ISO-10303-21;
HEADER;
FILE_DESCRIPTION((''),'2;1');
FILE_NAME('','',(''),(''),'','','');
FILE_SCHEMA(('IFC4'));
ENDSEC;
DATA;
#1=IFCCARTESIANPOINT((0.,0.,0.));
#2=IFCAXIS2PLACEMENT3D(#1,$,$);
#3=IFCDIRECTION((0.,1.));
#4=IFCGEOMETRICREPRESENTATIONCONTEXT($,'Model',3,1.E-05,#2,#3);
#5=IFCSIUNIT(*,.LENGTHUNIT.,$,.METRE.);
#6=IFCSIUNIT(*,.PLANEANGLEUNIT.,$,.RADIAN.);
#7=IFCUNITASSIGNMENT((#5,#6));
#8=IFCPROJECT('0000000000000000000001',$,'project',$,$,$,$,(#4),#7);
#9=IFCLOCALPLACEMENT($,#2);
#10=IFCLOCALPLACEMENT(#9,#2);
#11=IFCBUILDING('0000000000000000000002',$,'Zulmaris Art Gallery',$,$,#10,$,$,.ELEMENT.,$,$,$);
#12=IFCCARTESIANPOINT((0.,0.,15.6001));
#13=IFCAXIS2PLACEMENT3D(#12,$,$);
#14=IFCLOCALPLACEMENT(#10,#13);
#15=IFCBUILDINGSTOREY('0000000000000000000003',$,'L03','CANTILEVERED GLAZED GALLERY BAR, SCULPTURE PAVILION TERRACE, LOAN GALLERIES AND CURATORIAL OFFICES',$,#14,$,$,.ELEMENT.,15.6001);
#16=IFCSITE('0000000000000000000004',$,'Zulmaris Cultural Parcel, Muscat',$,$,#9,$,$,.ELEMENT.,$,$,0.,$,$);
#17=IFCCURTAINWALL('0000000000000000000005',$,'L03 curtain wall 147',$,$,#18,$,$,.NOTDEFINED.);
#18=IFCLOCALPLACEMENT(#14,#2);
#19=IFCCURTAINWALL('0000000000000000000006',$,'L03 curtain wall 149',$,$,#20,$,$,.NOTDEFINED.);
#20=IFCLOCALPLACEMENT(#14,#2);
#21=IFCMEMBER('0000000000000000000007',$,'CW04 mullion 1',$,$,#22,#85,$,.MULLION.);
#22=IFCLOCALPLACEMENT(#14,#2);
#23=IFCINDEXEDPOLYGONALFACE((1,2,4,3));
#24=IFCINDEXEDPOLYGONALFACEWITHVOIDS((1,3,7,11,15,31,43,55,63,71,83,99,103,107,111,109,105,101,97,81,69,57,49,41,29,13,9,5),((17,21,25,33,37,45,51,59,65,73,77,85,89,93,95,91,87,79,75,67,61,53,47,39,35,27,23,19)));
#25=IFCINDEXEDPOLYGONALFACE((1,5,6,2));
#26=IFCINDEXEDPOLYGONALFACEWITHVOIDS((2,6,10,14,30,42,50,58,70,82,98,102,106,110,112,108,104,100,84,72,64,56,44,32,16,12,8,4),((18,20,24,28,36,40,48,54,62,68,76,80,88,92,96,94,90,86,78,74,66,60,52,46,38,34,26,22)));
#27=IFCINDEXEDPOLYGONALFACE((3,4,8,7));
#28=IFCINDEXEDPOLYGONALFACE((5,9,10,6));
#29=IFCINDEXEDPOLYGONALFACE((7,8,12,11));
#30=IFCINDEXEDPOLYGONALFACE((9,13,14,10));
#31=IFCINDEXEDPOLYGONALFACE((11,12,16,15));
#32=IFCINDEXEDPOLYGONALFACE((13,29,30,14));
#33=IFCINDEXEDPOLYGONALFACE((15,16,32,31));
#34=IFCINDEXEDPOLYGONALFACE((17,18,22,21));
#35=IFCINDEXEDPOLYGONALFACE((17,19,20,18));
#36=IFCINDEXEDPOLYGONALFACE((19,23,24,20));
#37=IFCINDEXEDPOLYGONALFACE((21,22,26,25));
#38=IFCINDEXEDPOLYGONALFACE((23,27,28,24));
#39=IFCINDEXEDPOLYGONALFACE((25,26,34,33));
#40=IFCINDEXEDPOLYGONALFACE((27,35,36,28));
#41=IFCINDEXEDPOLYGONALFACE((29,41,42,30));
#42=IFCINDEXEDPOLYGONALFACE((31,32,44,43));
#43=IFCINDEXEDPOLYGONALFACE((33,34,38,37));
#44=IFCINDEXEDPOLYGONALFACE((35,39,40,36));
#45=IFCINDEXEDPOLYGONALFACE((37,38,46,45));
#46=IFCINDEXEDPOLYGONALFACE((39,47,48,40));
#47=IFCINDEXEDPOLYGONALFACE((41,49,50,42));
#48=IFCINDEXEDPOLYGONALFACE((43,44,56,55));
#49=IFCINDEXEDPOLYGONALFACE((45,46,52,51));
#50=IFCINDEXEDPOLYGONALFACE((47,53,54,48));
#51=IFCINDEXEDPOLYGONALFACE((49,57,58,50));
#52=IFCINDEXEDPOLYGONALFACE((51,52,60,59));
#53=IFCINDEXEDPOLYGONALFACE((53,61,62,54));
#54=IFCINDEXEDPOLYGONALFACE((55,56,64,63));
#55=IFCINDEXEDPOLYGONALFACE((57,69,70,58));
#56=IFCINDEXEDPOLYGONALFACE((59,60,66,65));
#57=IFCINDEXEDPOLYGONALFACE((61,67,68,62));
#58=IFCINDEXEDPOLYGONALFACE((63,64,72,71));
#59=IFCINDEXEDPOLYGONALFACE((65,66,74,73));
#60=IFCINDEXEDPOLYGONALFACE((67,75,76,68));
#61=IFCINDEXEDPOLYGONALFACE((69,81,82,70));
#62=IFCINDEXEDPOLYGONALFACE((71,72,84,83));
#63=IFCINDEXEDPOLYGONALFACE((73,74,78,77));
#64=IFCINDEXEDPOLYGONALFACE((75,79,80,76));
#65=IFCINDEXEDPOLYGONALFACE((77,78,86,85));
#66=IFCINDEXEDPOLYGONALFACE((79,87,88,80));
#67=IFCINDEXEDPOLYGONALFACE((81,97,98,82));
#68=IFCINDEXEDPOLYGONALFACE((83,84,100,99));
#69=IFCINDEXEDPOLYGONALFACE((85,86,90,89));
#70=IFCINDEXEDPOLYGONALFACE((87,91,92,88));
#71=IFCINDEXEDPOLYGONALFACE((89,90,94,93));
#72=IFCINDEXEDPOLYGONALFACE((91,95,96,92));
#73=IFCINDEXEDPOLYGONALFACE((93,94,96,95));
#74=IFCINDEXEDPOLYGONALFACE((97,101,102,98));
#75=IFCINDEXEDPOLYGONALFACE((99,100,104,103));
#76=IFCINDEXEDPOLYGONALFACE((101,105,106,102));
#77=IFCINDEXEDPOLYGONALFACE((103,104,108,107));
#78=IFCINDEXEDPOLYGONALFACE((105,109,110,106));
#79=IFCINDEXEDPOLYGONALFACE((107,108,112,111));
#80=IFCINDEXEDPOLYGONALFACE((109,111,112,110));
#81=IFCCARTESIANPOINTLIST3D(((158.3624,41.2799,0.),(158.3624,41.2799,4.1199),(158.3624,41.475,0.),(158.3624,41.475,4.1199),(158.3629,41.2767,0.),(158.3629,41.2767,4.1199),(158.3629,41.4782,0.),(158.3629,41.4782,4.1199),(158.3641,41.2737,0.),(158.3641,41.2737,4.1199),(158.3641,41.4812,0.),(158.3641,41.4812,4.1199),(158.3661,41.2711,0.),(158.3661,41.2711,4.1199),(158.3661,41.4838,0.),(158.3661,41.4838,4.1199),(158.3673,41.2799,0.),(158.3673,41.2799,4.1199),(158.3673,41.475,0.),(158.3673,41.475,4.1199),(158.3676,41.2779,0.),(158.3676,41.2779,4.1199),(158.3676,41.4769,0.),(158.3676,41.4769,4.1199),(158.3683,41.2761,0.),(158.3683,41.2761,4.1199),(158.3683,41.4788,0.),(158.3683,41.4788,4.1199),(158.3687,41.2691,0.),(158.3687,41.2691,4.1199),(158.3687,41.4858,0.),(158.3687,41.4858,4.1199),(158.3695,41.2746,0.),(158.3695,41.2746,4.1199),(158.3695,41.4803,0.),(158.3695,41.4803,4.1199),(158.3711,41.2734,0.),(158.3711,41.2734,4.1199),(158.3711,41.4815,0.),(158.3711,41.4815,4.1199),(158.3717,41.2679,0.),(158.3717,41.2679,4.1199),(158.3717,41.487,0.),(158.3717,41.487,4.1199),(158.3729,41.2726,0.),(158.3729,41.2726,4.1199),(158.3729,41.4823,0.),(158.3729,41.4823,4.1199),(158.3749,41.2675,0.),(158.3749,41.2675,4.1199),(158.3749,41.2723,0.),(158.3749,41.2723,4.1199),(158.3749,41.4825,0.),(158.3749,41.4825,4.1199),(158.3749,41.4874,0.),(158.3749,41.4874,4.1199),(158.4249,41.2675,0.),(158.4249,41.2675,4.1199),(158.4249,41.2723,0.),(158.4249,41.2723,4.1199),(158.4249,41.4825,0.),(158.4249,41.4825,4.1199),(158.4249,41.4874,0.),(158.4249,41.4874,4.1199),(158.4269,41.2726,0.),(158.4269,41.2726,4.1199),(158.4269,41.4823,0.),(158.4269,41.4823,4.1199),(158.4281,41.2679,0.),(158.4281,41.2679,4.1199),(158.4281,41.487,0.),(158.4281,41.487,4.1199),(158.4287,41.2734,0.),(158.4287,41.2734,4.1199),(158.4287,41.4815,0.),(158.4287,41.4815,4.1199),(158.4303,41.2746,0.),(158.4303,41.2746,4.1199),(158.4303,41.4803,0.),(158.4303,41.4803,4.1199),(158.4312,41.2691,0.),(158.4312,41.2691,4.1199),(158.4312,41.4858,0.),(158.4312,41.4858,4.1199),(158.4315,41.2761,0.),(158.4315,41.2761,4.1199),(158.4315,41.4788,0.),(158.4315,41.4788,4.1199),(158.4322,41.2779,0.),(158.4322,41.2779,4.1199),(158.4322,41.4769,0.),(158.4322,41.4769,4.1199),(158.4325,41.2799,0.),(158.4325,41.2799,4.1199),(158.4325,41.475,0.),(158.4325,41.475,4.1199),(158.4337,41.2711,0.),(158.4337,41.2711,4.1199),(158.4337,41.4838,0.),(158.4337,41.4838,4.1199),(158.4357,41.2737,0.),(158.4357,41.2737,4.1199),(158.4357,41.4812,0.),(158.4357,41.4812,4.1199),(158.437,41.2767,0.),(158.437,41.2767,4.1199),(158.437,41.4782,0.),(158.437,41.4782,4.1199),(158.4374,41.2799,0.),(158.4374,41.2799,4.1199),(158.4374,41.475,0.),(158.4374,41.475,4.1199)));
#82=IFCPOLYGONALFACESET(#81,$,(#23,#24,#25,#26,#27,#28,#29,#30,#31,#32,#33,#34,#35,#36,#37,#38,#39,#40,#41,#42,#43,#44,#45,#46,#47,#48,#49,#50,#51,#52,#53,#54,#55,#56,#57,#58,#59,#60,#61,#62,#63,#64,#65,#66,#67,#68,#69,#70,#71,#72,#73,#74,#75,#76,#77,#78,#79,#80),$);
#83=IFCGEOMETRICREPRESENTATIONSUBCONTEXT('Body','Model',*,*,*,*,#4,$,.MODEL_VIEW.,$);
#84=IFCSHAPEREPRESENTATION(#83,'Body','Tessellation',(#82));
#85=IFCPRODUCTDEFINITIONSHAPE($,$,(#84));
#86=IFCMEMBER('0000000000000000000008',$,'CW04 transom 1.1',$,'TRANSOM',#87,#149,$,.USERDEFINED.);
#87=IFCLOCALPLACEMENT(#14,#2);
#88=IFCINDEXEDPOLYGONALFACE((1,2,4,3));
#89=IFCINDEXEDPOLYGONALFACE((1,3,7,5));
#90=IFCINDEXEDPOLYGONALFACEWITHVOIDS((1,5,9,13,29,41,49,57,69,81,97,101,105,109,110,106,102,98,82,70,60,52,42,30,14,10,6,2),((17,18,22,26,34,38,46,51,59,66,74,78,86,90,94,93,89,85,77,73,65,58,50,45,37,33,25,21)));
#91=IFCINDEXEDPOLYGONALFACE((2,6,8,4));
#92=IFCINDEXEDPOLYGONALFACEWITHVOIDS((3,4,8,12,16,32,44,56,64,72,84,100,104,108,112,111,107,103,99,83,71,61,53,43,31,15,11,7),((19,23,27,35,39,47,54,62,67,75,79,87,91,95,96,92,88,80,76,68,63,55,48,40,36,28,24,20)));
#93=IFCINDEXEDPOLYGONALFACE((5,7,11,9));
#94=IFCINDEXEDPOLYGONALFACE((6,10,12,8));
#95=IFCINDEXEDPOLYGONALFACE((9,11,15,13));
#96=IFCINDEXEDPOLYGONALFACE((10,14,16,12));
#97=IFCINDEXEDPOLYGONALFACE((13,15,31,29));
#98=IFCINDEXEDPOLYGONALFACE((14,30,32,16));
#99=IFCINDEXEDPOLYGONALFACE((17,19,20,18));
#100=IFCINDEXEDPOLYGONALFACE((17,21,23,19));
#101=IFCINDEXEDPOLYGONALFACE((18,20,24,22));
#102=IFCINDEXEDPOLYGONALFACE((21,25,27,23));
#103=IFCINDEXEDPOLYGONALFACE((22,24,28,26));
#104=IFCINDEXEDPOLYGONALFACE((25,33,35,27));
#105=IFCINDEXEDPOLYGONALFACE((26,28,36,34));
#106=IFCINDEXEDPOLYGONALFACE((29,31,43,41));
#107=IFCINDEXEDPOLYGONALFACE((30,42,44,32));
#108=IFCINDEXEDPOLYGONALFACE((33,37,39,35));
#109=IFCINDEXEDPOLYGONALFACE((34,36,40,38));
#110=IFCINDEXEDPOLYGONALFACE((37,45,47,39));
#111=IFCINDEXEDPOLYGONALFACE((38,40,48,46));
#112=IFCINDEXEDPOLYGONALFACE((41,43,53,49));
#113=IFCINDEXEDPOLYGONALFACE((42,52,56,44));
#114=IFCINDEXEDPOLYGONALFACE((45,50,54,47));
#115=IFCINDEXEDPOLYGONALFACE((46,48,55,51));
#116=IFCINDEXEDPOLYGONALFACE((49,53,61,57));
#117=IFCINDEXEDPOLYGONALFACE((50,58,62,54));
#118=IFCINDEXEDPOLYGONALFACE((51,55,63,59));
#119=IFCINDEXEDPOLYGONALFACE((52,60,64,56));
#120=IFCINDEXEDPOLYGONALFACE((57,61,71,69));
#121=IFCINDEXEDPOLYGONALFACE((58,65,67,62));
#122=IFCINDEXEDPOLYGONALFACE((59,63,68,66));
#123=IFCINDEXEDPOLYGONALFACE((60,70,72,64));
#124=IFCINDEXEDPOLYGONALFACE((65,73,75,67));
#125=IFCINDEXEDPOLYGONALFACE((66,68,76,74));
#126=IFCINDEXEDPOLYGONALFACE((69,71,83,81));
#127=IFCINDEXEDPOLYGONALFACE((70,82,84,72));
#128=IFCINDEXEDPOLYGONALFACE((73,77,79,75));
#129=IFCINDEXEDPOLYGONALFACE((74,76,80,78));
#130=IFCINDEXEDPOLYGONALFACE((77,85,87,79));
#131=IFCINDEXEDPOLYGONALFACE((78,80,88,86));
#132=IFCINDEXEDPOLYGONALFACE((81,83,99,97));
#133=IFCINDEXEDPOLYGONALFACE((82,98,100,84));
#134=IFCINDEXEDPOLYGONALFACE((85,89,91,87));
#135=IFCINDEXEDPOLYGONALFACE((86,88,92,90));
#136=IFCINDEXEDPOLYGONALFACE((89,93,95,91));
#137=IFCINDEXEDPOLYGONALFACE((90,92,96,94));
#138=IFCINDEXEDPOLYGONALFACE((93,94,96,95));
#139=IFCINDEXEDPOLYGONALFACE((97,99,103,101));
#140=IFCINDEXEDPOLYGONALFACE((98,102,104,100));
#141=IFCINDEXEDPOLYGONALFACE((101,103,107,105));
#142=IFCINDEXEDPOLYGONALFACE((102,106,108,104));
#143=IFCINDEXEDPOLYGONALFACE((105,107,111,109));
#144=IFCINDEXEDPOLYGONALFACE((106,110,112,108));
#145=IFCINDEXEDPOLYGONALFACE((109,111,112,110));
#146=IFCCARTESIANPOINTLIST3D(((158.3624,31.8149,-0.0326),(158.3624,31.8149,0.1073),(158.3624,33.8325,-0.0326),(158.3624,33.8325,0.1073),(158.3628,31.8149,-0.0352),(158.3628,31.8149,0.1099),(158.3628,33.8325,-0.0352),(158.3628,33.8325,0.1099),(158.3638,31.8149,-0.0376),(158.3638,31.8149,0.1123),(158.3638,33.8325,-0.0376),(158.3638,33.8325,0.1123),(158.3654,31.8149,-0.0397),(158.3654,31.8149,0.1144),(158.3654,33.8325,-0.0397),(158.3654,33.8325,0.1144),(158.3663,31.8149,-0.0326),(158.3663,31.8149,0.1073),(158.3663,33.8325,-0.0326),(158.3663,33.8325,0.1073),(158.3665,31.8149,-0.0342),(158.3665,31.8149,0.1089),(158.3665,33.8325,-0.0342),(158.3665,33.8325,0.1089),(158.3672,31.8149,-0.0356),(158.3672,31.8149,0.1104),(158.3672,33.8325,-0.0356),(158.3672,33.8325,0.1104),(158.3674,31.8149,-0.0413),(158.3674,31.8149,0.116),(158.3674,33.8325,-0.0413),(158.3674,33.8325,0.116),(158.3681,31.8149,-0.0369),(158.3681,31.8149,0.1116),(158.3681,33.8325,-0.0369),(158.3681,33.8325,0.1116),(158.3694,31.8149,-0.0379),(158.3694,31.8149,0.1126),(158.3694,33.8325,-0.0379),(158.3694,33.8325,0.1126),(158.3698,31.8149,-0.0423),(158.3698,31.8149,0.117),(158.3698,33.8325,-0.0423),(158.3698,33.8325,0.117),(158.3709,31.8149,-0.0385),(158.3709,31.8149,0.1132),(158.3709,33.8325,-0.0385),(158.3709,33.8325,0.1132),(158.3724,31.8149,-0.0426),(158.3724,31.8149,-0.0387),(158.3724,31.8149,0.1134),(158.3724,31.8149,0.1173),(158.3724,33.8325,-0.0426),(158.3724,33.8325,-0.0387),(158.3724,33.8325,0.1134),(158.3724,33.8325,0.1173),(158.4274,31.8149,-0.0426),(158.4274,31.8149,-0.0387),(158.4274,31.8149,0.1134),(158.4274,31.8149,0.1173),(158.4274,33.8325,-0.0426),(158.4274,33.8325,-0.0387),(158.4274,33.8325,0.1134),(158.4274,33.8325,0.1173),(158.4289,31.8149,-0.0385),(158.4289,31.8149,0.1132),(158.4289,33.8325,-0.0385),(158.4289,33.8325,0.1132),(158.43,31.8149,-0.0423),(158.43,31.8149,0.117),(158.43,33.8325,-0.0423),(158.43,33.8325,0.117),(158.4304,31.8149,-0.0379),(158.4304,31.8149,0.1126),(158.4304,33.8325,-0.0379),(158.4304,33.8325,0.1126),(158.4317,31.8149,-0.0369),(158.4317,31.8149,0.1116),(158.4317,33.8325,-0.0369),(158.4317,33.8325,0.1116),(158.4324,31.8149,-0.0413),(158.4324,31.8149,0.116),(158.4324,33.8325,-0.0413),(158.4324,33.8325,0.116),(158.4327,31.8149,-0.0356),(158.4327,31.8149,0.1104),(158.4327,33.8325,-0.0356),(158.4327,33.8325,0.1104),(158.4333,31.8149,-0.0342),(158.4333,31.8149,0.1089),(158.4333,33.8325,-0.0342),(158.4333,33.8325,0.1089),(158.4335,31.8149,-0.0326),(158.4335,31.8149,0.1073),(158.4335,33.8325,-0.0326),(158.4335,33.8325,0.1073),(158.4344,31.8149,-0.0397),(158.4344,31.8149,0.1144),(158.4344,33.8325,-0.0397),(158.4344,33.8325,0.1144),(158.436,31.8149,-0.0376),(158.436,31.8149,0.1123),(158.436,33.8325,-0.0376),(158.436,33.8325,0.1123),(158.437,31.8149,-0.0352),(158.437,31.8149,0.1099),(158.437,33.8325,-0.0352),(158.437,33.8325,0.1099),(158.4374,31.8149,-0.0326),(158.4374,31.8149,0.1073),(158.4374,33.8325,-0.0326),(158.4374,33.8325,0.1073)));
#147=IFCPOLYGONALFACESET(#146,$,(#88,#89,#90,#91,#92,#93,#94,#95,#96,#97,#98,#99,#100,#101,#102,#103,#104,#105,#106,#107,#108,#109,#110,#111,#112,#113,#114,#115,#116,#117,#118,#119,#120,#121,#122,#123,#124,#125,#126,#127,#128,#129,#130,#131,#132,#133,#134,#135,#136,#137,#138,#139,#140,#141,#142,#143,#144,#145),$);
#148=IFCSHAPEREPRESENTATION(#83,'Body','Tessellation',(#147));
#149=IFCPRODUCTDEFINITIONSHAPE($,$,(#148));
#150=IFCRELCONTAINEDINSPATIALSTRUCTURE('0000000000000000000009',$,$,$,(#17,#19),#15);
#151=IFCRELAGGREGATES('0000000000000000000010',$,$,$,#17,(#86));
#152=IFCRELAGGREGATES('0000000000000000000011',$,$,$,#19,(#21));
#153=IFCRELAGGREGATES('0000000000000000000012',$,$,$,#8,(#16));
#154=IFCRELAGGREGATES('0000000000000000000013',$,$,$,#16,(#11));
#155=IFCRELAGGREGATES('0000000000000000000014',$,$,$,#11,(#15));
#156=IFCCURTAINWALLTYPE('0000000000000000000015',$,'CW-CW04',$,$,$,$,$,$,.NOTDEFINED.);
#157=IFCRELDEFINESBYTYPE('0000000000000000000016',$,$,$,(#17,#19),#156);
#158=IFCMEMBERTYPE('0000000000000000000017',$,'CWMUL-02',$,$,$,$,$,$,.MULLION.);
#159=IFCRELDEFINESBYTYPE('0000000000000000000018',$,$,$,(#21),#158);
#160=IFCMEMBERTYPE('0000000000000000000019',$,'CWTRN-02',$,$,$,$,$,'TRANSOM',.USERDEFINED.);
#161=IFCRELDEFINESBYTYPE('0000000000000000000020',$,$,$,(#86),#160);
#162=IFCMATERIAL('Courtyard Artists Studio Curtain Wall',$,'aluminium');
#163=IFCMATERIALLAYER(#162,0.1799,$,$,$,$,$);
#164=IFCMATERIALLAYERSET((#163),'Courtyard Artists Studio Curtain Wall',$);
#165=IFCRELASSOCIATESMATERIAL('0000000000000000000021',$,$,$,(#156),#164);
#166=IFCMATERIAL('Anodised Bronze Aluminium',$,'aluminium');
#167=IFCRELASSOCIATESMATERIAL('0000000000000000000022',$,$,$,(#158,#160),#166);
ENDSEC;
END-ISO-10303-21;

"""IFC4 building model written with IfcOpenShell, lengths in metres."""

from ifc_helpers import new_model, si_unit, direction, frame, origin, origin_2d, place, context, subcontext, project, spatial, hollow_rectangle, extrude, material, layer, layer_set, material_profile, profile_set, type_object, element, aggregate, save


model = new_model("IFC4")

# Units and contexts
model_context = context("Model", 3, precision=1e-05, world=origin(), true_north=direction((0.0, 1.0)))
body_context = subcontext(model_context, "Body", "Model", "MODEL_VIEW")
ifc_project = project(units=[si_unit("LENGTHUNIT", "METRE"), si_unit("PLANEANGLEUNIT", "RADIAN")], contexts=[model_context])

# Site, building, storey
site_placement = place(None, origin())
site = spatial("IfcSite", under=ifc_project, at=site_placement, Name="Zulmaris Cultural Parcel, Muscat", CompositionType="ELEMENT", RefElevation=0.0)
building_placement = place(site_placement, origin())
building = spatial("IfcBuilding", under=site, at=building_placement, Name="Zulmaris Art Gallery", CompositionType="ELEMENT")
storey_placement = place(building_placement, frame((0.0, 0.0, 15.6001)))
storey = spatial("IfcBuildingStorey", under=building, at=storey_placement, Name="L03", Description="CANTILEVERED GLAZED GALLERY BAR, SCULPTURE PAVILION TERRACE, LOAN GALLERIES AND CURATORIAL OFFICES", CompositionType="ELEMENT", Elevation=15.6001)

# Curtain wall
ifc_material_1 = material(Name="Courtyard Artists Studio Curtain Wall", Category="aluminium")
ifc_layer_1 = layer(ifc_material_1, 0.1799)
ifc_layer_set_1 = layer_set([ifc_layer_1], Name="Courtyard Artists Studio Curtain Wall")
curtain_wall_type = type_object("IfcCurtainWallType", Name="CW-CW04", PredefinedType="NOTDEFINED", material=ifc_layer_set_1)
curtain_wall_1_placement = place(storey_placement, origin())
curtain_wall_1 = element("IfcCurtainWall", 1, at=curtain_wall_1_placement, inside=storey, type_object=curtain_wall_type, Name="L03 curtain wall 147", PredefinedType="NOTDEFINED")
ifc_material_2 = material(Name="Anodised Bronze Aluminium", Category="aluminium")
ifc_material_profile_1 = material_profile(ifc_material_2, hollow_rectangle(XDim=0.075, YDim=0.22, WallThickness=0.0049, InnerFilletRadius=0.0076, OuterFilletRadius=0.0125, at=origin_2d()), Name="ALU 75x220x5")
ifc_profile_set_1 = profile_set([ifc_material_profile_1], Name="Anodised Bronze Aluminium")
member_type_1 = type_object("IfcMemberType", Name="CWMUL-02", PredefinedType="MULLION", material=ifc_profile_set_1)

# Curtain wall, member
curtain_wall_2_placement = place(storey_placement, origin())
curtain_wall_2 = element("IfcCurtainWall", 2, at=curtain_wall_2_placement, inside=storey, type_object=curtain_wall_type, Name="L03 curtain wall 149", PredefinedType="NOTDEFINED")
member_1_placement = place(storey_placement, frame((158.3999, 41.3774, 0.0), z_axis=(0.0, 0.0, 1.0), x_axis=(-1.0, 0.0, 0.0)))
member_1 = element("IfcMember", 3, at=member_1_placement, type_object=member_type_1, Name="CW04 mullion 1", PredefinedType="MULLION", context=body_context, shape_type="SweptSolid", body=[
    extrude(hollow_rectangle(XDim=0.075, YDim=0.22, WallThickness=0.0049, InnerFilletRadius=0.0076, OuterFilletRadius=0.0125, at=origin_2d()), origin(), (0.0, 0.0, 1.0), 4.1199),
])

# Member
ifc_material_profile_2 = material_profile(ifc_material_2, hollow_rectangle(XDim=0.075, YDim=0.1599, WallThickness=0.0039, InnerFilletRadius=0.0061, OuterFilletRadius=0.01, at=origin_2d()), Name="ALU 75x160x4")
ifc_profile_set_2 = profile_set([ifc_material_profile_2], Name="Anodised Bronze Aluminium")
member_type_2 = type_object("IfcMemberType", Name="CWTRN-02", ElementType="TRANSOM", PredefinedType="USERDEFINED", material=ifc_profile_set_2)
member_2_placement = place(storey_placement, frame((158.3999, 31.8149, 0.0374), z_axis=(0.0, 1.0, 0.0), x_axis=(-1.0, 0.0, 0.0)))
member_2 = element("IfcMember", 4, at=member_2_placement, type_object=member_type_2, Name="CW04 transom 1.1", ObjectType="TRANSOM", PredefinedType="USERDEFINED", context=body_context, shape_type="SweptSolid", body=[
    extrude(hollow_rectangle(XDim=0.075, YDim=0.1599, WallThickness=0.0039, InnerFilletRadius=0.0061, OuterFilletRadius=0.01, at=origin_2d()), origin(), (0.0, 0.0, 1.0), 2.0176),
])

aggregate(curtain_wall_1, [member_2])
aggregate(curtain_wall_2, [member_1])

save(model, "model.ifc")
